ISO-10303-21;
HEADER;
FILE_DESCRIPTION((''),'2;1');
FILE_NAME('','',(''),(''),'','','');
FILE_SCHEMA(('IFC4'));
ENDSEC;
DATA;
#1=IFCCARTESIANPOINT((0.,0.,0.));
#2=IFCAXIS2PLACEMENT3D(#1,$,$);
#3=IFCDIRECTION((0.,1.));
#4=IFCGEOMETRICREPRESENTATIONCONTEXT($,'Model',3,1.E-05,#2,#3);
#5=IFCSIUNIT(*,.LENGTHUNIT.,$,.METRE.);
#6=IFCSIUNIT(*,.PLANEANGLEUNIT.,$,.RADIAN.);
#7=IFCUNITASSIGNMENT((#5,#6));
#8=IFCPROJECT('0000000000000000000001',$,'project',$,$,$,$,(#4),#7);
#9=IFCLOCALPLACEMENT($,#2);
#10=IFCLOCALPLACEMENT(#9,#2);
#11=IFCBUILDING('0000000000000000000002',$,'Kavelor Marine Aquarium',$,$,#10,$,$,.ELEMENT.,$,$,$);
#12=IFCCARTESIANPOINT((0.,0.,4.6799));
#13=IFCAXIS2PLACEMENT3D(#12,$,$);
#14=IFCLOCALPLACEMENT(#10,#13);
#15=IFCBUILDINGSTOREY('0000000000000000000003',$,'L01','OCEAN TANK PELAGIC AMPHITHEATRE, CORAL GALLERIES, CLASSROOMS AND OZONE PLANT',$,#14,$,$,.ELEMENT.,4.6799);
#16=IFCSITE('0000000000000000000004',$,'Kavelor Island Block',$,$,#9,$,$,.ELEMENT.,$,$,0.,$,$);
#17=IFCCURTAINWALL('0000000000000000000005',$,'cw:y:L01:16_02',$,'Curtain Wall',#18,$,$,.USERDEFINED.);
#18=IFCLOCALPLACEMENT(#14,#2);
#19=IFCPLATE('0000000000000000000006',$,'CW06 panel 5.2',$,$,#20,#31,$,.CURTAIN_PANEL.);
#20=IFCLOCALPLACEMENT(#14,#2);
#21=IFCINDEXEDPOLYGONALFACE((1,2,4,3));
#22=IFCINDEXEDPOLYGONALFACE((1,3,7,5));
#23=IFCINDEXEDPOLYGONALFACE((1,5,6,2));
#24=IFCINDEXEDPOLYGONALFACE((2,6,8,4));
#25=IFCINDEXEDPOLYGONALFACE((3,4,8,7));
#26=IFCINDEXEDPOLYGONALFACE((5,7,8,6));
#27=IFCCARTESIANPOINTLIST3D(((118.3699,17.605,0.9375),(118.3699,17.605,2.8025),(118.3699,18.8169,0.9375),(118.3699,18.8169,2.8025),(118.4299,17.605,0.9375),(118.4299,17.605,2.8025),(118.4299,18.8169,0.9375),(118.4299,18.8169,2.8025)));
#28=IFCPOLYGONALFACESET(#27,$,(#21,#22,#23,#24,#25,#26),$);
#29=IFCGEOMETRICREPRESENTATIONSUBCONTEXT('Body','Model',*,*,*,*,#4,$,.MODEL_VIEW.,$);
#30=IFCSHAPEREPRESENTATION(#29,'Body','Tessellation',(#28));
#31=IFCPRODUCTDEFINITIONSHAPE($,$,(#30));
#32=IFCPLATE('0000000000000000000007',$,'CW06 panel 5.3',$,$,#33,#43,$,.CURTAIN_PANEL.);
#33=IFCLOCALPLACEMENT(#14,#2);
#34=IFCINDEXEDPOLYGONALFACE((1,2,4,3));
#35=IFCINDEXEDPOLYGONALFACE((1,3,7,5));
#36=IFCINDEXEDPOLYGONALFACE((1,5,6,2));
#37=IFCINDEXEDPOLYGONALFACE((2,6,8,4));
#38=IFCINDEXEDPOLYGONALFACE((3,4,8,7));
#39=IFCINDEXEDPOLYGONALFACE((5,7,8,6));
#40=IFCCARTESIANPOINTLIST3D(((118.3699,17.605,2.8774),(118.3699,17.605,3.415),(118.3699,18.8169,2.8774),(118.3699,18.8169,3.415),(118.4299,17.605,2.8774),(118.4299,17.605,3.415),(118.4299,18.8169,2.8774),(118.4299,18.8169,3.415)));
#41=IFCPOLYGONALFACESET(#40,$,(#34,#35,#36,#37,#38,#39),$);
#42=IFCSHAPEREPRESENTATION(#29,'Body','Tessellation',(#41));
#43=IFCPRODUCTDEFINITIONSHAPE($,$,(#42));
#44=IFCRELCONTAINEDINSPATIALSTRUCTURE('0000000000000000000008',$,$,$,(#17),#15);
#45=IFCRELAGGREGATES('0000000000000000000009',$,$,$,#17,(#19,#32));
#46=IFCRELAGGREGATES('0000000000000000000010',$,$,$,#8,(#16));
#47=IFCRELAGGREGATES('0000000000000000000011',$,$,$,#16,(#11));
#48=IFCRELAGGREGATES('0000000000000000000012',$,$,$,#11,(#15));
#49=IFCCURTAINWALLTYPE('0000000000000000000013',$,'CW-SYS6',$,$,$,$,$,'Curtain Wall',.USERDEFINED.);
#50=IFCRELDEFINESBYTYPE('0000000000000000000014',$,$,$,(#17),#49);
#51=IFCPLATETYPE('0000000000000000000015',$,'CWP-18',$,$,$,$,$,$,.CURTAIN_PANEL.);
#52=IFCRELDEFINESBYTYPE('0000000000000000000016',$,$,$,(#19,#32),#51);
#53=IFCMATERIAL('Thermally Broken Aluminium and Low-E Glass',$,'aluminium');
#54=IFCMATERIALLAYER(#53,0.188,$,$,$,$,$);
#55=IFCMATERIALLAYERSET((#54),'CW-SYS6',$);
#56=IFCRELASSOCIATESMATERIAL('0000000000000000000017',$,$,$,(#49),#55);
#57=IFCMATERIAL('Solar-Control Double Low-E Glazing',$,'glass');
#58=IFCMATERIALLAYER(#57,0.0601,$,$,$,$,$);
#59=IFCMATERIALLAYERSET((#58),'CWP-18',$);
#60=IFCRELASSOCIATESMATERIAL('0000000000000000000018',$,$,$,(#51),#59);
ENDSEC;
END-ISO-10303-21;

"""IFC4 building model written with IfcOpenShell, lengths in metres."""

from ifc_helpers import new_model, si_unit, direction, frame, origin, origin_2d, place, context, subcontext, project, spatial, rectangle, extrude, material, layer, layer_set, type_object, element, aggregate, save


model = new_model("IFC4")

# Units and contexts
model_context = context("Model", 3, precision=1e-05, world=origin(), true_north=direction((0.0, 1.0)))
body_context = subcontext(model_context, "Body", "Model", "MODEL_VIEW")
ifc_project = project(units=[si_unit("LENGTHUNIT", "METRE"), si_unit("PLANEANGLEUNIT", "RADIAN")], contexts=[model_context])

# Site, building, storey
site_placement = place(None, origin())
site = spatial("IfcSite", under=ifc_project, at=site_placement, Name="Kavelor Island Block", CompositionType="ELEMENT", RefElevation=0.0)
building_placement = place(site_placement, origin())
building = spatial("IfcBuilding", under=site, at=building_placement, Name="Kavelor Marine Aquarium", CompositionType="ELEMENT")
storey_placement = place(building_placement, frame((0.0, 0.0, 4.6799)))
storey = spatial("IfcBuildingStorey", under=building, at=storey_placement, Name="L01", Description="OCEAN TANK PELAGIC AMPHITHEATRE, CORAL GALLERIES, CLASSROOMS AND OZONE PLANT", CompositionType="ELEMENT", Elevation=4.6799)

# Curtain wall
ifc_material_1 = material(Name="Thermally Broken Aluminium and Low-E Glass", Category="aluminium")
ifc_layer_1 = layer(ifc_material_1, 0.188)
ifc_layer_set_1 = layer_set([ifc_layer_1], Name="CW-SYS6")
curtain_wall_type_1 = type_object("IfcCurtainWallType", Name="CW-SYS6", ElementType="Curtain Wall", PredefinedType="USERDEFINED", material=ifc_layer_set_1)
curtain_wall_1_placement = place(storey_placement, origin())
curtain_wall_1 = element("IfcCurtainWall", 1, at=curtain_wall_1_placement, inside=storey, type_object=curtain_wall_type_1, Name="cw:y:L01:16_02", ObjectType="Curtain Wall", PredefinedType="USERDEFINED")

# Plates
ifc_material_2 = material(Name="Solar-Control Double Low-E Glazing", Category="glass")
ifc_layer_2 = layer(ifc_material_2, 0.0601)
ifc_layer_set_2 = layer_set([ifc_layer_2], Name="CWP-18")
plate_type_1 = type_object("IfcPlateType", Name="CWP-18", PredefinedType="CURTAIN_PANEL", material=ifc_layer_set_2)
plate_1_placement = place(storey_placement, frame((118.3999, 18.2109, 0.9375), z_axis=(0.0, 0.0, 1.0), x_axis=(0.0, -1.0, 0.0)))
plate_1 = element("IfcPlate", 2, at=plate_1_placement, type_object=plate_type_1, Name="CW06 panel 5.2", PredefinedType="CURTAIN_PANEL", context=body_context, shape_type="SweptSolid", body=[
    extrude(rectangle(XDim=1.2119, YDim=0.0601, at=origin_2d()), origin(), (0.0, 0.0, 1.0), 1.865),
])
plate_2_placement = place(storey_placement, frame((118.3999, 18.2109, 2.8774), z_axis=(0.0, 0.0, 1.0), x_axis=(0.0, -1.0, 0.0)))
plate_2 = element("IfcPlate", 3, at=plate_2_placement, type_object=plate_type_1, Name="CW06 panel 5.3", PredefinedType="CURTAIN_PANEL", context=body_context, shape_type="SweptSolid", body=[
    extrude(rectangle(XDim=1.2119, YDim=0.0601, at=origin_2d()), origin(), (0.0, 0.0, 1.0), 0.5376),
])
aggregate(curtain_wall_1, [plate_1, plate_2])

save(model, "model.ifc")
